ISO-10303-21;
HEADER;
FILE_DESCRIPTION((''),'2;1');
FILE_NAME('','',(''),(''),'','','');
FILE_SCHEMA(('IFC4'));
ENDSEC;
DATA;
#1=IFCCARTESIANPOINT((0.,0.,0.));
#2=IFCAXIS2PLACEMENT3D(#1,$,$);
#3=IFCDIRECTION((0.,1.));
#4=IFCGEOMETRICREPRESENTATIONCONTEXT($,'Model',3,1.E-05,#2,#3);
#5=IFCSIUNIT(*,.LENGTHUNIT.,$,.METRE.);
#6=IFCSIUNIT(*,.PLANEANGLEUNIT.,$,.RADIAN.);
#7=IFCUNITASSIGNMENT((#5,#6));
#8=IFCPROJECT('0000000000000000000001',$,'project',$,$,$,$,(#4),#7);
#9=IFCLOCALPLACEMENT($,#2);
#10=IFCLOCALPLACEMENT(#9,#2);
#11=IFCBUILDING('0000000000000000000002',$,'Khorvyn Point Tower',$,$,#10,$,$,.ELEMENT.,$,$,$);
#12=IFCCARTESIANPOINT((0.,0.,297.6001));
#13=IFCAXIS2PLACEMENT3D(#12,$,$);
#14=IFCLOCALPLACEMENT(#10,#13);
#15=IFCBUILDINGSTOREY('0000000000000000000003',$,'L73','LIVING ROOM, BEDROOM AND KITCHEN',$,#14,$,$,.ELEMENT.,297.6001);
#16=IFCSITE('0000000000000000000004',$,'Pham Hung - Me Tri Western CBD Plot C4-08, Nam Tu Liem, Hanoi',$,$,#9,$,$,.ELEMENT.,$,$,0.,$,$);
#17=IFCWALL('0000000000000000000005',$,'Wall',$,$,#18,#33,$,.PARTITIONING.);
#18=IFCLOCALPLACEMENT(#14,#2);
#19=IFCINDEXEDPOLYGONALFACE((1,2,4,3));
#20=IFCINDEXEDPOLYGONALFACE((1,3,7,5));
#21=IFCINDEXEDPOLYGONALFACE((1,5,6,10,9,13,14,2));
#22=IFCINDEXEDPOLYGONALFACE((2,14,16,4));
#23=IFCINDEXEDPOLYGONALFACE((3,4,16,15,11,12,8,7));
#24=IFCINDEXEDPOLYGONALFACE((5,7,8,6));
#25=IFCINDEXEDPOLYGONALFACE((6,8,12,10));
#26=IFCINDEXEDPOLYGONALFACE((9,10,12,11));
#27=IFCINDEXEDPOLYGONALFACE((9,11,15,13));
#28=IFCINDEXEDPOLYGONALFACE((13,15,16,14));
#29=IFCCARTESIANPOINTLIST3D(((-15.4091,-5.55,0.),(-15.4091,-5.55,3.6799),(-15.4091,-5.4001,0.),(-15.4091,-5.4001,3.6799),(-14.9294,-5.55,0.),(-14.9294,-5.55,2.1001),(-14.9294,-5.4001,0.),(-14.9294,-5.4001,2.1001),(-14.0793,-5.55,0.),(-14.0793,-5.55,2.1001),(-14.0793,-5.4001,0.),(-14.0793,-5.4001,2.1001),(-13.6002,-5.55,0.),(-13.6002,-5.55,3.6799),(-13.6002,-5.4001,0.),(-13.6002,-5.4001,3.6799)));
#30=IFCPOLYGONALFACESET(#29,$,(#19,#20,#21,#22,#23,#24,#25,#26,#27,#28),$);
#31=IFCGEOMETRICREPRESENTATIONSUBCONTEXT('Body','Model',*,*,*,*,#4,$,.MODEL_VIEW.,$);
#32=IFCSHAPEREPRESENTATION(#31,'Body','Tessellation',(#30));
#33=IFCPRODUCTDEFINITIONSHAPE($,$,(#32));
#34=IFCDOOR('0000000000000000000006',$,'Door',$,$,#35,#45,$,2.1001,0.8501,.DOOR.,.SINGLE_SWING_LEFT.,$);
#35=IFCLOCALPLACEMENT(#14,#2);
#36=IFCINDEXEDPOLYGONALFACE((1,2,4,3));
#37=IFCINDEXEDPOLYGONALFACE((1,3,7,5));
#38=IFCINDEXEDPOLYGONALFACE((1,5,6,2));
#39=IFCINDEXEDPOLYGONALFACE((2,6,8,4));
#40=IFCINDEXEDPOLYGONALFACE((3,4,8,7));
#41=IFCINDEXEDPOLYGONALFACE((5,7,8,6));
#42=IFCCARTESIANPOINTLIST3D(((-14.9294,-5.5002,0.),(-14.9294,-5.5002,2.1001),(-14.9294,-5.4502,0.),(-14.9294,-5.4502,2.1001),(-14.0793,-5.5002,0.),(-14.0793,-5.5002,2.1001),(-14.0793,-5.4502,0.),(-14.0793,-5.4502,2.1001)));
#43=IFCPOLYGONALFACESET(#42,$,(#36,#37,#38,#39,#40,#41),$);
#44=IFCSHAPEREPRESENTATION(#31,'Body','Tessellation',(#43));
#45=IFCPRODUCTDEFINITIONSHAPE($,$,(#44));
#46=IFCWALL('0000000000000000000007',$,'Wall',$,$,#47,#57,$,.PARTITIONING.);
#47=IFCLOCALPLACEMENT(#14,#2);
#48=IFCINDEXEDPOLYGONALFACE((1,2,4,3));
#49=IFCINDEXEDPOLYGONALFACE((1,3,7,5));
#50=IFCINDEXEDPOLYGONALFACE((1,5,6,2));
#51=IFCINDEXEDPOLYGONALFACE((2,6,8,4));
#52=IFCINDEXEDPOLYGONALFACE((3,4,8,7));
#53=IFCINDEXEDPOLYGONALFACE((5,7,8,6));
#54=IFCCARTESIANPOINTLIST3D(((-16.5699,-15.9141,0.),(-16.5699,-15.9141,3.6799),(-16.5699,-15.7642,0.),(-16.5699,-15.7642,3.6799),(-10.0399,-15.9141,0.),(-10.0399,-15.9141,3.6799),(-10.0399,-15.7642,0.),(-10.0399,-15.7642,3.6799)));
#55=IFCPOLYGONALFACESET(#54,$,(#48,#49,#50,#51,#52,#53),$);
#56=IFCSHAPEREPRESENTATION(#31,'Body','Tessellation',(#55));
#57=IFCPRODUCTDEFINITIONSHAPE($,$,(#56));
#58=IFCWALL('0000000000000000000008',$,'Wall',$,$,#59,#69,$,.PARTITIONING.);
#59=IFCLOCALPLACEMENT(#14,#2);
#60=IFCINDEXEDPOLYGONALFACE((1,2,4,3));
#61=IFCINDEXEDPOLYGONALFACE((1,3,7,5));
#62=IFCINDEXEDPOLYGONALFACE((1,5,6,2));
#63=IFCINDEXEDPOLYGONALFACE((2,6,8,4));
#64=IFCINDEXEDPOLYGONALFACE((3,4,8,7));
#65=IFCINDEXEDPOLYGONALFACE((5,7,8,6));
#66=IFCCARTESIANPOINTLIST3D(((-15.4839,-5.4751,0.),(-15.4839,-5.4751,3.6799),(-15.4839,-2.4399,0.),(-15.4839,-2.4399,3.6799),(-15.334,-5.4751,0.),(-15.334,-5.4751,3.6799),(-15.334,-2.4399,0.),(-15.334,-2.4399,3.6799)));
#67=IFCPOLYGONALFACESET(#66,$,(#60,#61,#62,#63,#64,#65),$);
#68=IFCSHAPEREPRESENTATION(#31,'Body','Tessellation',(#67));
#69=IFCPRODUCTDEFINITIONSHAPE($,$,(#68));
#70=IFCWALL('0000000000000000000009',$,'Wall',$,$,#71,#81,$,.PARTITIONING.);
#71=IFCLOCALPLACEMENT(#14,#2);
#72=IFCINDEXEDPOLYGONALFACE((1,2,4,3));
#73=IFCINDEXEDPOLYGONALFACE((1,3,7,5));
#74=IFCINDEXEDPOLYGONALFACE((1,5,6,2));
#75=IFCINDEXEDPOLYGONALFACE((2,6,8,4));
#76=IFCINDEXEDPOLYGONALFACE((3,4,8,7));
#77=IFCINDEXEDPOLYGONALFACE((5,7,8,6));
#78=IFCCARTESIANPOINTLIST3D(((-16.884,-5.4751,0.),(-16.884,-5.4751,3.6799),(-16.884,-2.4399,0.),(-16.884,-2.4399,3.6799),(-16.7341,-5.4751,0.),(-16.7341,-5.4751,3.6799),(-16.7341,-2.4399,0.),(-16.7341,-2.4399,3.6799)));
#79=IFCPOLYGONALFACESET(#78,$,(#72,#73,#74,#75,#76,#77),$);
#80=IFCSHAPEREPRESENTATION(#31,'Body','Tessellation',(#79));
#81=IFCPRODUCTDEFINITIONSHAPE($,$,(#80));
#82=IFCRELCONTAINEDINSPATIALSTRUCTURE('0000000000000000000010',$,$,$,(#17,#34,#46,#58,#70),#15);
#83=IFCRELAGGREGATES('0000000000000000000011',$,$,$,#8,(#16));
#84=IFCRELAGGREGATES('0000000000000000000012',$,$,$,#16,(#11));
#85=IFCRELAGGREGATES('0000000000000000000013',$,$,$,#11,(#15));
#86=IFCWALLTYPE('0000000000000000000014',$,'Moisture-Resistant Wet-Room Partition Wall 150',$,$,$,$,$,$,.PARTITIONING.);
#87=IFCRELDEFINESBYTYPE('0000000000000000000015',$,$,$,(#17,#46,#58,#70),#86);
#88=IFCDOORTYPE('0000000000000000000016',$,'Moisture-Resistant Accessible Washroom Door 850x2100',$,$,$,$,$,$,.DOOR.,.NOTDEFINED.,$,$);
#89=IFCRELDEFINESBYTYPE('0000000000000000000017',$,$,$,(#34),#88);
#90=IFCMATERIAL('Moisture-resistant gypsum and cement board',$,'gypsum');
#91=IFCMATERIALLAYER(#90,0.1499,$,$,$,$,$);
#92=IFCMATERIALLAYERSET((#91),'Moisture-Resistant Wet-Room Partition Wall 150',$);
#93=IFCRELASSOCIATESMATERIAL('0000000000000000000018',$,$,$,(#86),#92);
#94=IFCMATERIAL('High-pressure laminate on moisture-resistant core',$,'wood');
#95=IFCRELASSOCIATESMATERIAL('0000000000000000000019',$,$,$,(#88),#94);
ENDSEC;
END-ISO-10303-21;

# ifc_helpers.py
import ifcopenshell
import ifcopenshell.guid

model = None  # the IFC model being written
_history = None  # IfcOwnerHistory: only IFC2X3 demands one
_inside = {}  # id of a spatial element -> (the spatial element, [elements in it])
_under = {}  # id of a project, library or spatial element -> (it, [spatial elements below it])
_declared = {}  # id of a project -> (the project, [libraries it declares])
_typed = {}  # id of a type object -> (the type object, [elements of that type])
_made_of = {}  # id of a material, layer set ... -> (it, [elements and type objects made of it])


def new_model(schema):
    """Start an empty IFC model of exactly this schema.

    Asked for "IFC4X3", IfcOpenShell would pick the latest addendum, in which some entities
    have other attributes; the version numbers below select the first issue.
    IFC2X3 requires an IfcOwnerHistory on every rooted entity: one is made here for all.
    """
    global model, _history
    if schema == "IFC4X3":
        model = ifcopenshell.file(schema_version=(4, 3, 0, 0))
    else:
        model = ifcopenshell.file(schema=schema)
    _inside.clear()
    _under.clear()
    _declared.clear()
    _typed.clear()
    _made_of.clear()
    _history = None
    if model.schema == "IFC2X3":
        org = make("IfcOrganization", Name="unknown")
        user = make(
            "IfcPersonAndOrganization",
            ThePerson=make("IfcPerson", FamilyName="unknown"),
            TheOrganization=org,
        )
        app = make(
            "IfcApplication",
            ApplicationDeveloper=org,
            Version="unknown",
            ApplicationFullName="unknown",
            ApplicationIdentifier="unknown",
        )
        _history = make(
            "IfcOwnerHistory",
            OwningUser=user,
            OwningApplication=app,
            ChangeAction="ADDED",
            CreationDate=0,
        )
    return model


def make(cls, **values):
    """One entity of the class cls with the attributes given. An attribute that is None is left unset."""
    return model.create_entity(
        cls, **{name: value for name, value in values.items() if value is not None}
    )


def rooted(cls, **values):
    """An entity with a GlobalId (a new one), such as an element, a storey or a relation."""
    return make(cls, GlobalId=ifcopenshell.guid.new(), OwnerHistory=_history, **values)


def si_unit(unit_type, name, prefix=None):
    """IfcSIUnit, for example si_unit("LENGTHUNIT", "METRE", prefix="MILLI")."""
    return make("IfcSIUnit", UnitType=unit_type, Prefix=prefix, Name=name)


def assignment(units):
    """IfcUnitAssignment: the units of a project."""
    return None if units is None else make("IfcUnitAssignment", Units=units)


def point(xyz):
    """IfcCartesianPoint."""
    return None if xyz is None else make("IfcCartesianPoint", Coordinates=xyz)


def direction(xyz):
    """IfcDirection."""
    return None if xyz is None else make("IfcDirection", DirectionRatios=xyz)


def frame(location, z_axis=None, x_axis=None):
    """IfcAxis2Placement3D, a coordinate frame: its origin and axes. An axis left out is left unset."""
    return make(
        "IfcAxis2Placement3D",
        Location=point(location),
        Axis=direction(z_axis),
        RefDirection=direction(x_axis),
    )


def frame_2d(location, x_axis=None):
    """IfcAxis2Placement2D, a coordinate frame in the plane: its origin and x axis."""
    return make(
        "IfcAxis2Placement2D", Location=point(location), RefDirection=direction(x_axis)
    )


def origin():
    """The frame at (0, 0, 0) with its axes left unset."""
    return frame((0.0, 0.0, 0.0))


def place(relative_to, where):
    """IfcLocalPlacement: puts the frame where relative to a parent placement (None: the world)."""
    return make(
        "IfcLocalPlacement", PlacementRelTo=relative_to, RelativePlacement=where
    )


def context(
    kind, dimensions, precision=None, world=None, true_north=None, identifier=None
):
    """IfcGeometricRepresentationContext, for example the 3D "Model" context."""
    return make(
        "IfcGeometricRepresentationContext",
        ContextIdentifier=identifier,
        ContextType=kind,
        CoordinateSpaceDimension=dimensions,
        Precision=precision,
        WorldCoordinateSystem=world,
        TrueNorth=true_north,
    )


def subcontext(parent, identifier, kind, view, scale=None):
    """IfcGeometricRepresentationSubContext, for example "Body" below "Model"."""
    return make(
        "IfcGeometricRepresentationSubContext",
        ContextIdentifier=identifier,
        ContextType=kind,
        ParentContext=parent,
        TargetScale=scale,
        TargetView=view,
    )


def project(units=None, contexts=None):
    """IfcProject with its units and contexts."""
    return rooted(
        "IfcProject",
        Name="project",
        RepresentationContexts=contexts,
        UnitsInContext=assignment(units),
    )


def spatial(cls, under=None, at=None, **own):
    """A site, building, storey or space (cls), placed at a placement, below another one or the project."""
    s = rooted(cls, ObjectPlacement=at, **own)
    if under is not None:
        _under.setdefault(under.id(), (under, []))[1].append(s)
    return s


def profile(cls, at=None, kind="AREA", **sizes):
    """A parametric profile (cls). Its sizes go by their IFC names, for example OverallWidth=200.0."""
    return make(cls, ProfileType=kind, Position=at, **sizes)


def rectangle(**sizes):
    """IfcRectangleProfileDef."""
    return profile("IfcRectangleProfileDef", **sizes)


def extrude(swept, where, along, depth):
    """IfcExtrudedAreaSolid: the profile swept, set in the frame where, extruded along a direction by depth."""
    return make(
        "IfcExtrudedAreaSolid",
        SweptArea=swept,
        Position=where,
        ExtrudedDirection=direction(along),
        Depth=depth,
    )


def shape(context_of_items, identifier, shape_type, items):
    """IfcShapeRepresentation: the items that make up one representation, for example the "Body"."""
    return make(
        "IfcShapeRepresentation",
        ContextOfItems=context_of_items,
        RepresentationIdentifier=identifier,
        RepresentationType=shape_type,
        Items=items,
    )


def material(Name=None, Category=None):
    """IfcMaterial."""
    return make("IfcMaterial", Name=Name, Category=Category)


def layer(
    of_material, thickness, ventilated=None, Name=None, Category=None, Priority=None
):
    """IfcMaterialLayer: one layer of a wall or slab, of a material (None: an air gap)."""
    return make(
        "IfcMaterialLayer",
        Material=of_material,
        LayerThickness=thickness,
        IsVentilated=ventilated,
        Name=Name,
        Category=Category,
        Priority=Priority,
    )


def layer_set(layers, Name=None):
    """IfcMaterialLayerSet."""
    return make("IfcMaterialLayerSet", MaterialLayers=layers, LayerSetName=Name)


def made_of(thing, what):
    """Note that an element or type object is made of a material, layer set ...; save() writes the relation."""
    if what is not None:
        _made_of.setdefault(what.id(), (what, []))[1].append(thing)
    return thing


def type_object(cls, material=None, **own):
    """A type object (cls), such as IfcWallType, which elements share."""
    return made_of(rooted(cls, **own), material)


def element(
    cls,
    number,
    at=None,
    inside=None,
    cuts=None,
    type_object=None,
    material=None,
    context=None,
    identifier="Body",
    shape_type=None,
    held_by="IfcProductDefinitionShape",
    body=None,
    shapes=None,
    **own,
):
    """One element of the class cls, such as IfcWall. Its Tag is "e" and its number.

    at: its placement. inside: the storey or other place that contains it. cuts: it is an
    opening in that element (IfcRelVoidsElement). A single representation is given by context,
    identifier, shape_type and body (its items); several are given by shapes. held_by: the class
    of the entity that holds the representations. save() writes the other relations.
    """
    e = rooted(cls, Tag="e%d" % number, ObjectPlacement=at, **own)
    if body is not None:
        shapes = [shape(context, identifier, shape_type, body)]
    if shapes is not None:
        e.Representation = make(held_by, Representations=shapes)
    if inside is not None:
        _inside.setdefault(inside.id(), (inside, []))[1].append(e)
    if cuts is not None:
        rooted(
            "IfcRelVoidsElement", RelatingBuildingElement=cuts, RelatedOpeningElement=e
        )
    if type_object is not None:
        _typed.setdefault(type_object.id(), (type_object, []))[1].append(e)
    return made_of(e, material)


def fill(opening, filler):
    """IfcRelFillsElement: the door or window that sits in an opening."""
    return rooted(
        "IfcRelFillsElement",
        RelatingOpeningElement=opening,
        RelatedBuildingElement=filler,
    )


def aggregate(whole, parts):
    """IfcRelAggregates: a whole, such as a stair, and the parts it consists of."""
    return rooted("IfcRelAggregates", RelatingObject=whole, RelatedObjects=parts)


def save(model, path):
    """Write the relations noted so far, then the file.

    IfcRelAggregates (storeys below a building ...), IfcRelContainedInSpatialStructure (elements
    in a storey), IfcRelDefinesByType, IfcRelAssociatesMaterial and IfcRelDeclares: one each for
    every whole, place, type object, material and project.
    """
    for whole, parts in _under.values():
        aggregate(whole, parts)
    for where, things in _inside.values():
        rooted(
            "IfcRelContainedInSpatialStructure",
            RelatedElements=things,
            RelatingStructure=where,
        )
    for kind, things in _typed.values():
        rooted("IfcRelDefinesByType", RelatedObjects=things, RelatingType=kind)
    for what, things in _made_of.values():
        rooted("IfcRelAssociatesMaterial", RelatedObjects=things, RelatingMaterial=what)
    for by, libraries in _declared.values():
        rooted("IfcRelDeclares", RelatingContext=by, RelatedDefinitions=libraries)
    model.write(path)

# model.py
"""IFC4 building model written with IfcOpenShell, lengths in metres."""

from ifc_helpers import new_model, si_unit, direction, frame, frame_2d, origin, place, context, subcontext, project, spatial, rectangle, extrude, material, layer, layer_set, type_object, element, fill, save


model = new_model("IFC4")

# Units and contexts
model_context = context("Model", 3, precision=1e-05, world=origin(), true_north=direction((0.0, 1.0)))
body_context = subcontext(model_context, "Body", "Model", "MODEL_VIEW")
ifc_project = project(units=[si_unit("LENGTHUNIT", "METRE"), si_unit("PLANEANGLEUNIT", "RADIAN")], contexts=[model_context])

# Site, building, storey
site_placement = place(None, origin())
site = spatial("IfcSite", under=ifc_project, at=site_placement, Name="Pham Hung - Me Tri Western CBD Plot C4-08, Nam Tu Liem, Hanoi", CompositionType="ELEMENT", RefElevation=0.0)
building_placement = place(site_placement, origin())
building = spatial("IfcBuilding", under=site, at=building_placement, Name="Khorvyn Point Tower", CompositionType="ELEMENT")
storey_placement = place(building_placement, frame((0.0, 0.0, 297.6001)))
storey = spatial("IfcBuildingStorey", under=building, at=storey_placement, Name="L73", Description="LIVING ROOM, BEDROOM AND KITCHEN", CompositionType="ELEMENT", Elevation=297.6001)

# Wall, opening, door
ifc_material_1 = material(Name="Moisture-resistant gypsum and cement board", Category="gypsum")
ifc_layer_1 = layer(ifc_material_1, 0.1499)
ifc_layer_set_1 = layer_set([ifc_layer_1], Name="Moisture-Resistant Wet-Room Partition Wall 150")
wall_type_1 = type_object("IfcWallType", Name="Moisture-Resistant Wet-Room Partition Wall 150", PredefinedType="PARTITIONING", material=ifc_layer_set_1)
ifc_material_2 = material(Name="High-pressure laminate on moisture-resistant core", Category="wood")
door_type_1 = type_object("IfcDoorType", Name="Moisture-Resistant Accessible Washroom Door 850x2100", OperationType="NOTDEFINED", PredefinedType="DOOR", material=ifc_material_2)
wall_1_placement = place(storey_placement, frame((-15.4089, -5.4751, 0.0), z_axis=(0.0, 0.0, 1.0), x_axis=(1.0, 0.0, 0.0)))
wall_1 = element("IfcWall", 1, at=wall_1_placement, inside=storey, type_object=wall_type_1, Name="Wall", PredefinedType="PARTITIONING", context=body_context, shape_type="SweptSolid", body=[
    extrude(rectangle(XDim=1.8088, YDim=0.1499, at=frame_2d((0.9043, 0.0))), origin(), (0.0, 0.0, 1.0), 3.6799),
])
opening_1_placement = place(wall_1_placement, frame((0.4795, 0.0, 0.0)))
opening_1 = element("IfcOpeningElement", 2, at=opening_1_placement, cuts=wall_1, PredefinedType="OPENING", context=body_context, shape_type="SweptSolid", body=[
    extrude(rectangle(XDim=0.8501, YDim=2.1001, at=frame_2d((0.425, 1.05))), frame((0.0, 0.085, 0.0), z_axis=(0.0, -1.0, 0.0), x_axis=(1.0, 0.0, 0.0)), (0.0, 0.0, 1.0), 0.1699),
])
door_1_placement = place(opening_1_placement, origin())
door_1 = element("IfcDoor", 3, at=door_1_placement, inside=storey, type_object=door_type_1, Name="Door", OperationType="SINGLE_SWING_LEFT", OverallHeight=2.1001, OverallWidth=0.8501, PredefinedType="DOOR", context=body_context, shape_type="SweptSolid", body=[
    extrude(rectangle(XDim=0.8501, YDim=2.1001, at=frame_2d((0.425, 1.05))), frame((0.0, 0.0249, 0.0), z_axis=(0.0, -1.0, 0.0), x_axis=(1.0, 0.0, 0.0)), (0.0, 0.0, 1.0), 0.05),
])
fill(opening_1, door_1)

# Walls
wall_2_placement = place(storey_placement, frame((-16.5701, -15.8391, 0.0), z_axis=(0.0, 0.0, 1.0), x_axis=(1.0, 0.0, 0.0)))
element("IfcWall", 4, at=wall_2_placement, inside=storey, type_object=wall_type_1, Name="Wall", PredefinedType="PARTITIONING", context=body_context, shape_type="SweptSolid", body=[
    extrude(rectangle(XDim=6.53, YDim=0.1499, at=frame_2d((3.2651, 0.0))), origin(), (0.0, 0.0, 1.0), 3.6799),
])
for number, where, z_axis, x_axis, name in (
    (5, (-15.4089, -5.4751, 0.0), (0.0, 0.0, 1.0), (0.0, 1.0, 0.0), "Wall"),
    (6, (-16.8091, -5.4751, 0.0), (0.0, 0.0, 1.0), (0.0, 1.0, 0.0), "Wall"),
):
    element("IfcWall", number, at=place(storey_placement, frame(where, z_axis=z_axis, x_axis=x_axis)), inside=storey, type_object=wall_type_1, Name=name, PredefinedType="PARTITIONING", context=body_context, shape_type="SweptSolid", body=[
        extrude(rectangle(XDim=3.0352, YDim=0.1499, at=frame_2d((1.5176, 0.0))), origin(), (0.0, 0.0, 1.0), 3.6799),
    ])

save(model, "model.ifc")
